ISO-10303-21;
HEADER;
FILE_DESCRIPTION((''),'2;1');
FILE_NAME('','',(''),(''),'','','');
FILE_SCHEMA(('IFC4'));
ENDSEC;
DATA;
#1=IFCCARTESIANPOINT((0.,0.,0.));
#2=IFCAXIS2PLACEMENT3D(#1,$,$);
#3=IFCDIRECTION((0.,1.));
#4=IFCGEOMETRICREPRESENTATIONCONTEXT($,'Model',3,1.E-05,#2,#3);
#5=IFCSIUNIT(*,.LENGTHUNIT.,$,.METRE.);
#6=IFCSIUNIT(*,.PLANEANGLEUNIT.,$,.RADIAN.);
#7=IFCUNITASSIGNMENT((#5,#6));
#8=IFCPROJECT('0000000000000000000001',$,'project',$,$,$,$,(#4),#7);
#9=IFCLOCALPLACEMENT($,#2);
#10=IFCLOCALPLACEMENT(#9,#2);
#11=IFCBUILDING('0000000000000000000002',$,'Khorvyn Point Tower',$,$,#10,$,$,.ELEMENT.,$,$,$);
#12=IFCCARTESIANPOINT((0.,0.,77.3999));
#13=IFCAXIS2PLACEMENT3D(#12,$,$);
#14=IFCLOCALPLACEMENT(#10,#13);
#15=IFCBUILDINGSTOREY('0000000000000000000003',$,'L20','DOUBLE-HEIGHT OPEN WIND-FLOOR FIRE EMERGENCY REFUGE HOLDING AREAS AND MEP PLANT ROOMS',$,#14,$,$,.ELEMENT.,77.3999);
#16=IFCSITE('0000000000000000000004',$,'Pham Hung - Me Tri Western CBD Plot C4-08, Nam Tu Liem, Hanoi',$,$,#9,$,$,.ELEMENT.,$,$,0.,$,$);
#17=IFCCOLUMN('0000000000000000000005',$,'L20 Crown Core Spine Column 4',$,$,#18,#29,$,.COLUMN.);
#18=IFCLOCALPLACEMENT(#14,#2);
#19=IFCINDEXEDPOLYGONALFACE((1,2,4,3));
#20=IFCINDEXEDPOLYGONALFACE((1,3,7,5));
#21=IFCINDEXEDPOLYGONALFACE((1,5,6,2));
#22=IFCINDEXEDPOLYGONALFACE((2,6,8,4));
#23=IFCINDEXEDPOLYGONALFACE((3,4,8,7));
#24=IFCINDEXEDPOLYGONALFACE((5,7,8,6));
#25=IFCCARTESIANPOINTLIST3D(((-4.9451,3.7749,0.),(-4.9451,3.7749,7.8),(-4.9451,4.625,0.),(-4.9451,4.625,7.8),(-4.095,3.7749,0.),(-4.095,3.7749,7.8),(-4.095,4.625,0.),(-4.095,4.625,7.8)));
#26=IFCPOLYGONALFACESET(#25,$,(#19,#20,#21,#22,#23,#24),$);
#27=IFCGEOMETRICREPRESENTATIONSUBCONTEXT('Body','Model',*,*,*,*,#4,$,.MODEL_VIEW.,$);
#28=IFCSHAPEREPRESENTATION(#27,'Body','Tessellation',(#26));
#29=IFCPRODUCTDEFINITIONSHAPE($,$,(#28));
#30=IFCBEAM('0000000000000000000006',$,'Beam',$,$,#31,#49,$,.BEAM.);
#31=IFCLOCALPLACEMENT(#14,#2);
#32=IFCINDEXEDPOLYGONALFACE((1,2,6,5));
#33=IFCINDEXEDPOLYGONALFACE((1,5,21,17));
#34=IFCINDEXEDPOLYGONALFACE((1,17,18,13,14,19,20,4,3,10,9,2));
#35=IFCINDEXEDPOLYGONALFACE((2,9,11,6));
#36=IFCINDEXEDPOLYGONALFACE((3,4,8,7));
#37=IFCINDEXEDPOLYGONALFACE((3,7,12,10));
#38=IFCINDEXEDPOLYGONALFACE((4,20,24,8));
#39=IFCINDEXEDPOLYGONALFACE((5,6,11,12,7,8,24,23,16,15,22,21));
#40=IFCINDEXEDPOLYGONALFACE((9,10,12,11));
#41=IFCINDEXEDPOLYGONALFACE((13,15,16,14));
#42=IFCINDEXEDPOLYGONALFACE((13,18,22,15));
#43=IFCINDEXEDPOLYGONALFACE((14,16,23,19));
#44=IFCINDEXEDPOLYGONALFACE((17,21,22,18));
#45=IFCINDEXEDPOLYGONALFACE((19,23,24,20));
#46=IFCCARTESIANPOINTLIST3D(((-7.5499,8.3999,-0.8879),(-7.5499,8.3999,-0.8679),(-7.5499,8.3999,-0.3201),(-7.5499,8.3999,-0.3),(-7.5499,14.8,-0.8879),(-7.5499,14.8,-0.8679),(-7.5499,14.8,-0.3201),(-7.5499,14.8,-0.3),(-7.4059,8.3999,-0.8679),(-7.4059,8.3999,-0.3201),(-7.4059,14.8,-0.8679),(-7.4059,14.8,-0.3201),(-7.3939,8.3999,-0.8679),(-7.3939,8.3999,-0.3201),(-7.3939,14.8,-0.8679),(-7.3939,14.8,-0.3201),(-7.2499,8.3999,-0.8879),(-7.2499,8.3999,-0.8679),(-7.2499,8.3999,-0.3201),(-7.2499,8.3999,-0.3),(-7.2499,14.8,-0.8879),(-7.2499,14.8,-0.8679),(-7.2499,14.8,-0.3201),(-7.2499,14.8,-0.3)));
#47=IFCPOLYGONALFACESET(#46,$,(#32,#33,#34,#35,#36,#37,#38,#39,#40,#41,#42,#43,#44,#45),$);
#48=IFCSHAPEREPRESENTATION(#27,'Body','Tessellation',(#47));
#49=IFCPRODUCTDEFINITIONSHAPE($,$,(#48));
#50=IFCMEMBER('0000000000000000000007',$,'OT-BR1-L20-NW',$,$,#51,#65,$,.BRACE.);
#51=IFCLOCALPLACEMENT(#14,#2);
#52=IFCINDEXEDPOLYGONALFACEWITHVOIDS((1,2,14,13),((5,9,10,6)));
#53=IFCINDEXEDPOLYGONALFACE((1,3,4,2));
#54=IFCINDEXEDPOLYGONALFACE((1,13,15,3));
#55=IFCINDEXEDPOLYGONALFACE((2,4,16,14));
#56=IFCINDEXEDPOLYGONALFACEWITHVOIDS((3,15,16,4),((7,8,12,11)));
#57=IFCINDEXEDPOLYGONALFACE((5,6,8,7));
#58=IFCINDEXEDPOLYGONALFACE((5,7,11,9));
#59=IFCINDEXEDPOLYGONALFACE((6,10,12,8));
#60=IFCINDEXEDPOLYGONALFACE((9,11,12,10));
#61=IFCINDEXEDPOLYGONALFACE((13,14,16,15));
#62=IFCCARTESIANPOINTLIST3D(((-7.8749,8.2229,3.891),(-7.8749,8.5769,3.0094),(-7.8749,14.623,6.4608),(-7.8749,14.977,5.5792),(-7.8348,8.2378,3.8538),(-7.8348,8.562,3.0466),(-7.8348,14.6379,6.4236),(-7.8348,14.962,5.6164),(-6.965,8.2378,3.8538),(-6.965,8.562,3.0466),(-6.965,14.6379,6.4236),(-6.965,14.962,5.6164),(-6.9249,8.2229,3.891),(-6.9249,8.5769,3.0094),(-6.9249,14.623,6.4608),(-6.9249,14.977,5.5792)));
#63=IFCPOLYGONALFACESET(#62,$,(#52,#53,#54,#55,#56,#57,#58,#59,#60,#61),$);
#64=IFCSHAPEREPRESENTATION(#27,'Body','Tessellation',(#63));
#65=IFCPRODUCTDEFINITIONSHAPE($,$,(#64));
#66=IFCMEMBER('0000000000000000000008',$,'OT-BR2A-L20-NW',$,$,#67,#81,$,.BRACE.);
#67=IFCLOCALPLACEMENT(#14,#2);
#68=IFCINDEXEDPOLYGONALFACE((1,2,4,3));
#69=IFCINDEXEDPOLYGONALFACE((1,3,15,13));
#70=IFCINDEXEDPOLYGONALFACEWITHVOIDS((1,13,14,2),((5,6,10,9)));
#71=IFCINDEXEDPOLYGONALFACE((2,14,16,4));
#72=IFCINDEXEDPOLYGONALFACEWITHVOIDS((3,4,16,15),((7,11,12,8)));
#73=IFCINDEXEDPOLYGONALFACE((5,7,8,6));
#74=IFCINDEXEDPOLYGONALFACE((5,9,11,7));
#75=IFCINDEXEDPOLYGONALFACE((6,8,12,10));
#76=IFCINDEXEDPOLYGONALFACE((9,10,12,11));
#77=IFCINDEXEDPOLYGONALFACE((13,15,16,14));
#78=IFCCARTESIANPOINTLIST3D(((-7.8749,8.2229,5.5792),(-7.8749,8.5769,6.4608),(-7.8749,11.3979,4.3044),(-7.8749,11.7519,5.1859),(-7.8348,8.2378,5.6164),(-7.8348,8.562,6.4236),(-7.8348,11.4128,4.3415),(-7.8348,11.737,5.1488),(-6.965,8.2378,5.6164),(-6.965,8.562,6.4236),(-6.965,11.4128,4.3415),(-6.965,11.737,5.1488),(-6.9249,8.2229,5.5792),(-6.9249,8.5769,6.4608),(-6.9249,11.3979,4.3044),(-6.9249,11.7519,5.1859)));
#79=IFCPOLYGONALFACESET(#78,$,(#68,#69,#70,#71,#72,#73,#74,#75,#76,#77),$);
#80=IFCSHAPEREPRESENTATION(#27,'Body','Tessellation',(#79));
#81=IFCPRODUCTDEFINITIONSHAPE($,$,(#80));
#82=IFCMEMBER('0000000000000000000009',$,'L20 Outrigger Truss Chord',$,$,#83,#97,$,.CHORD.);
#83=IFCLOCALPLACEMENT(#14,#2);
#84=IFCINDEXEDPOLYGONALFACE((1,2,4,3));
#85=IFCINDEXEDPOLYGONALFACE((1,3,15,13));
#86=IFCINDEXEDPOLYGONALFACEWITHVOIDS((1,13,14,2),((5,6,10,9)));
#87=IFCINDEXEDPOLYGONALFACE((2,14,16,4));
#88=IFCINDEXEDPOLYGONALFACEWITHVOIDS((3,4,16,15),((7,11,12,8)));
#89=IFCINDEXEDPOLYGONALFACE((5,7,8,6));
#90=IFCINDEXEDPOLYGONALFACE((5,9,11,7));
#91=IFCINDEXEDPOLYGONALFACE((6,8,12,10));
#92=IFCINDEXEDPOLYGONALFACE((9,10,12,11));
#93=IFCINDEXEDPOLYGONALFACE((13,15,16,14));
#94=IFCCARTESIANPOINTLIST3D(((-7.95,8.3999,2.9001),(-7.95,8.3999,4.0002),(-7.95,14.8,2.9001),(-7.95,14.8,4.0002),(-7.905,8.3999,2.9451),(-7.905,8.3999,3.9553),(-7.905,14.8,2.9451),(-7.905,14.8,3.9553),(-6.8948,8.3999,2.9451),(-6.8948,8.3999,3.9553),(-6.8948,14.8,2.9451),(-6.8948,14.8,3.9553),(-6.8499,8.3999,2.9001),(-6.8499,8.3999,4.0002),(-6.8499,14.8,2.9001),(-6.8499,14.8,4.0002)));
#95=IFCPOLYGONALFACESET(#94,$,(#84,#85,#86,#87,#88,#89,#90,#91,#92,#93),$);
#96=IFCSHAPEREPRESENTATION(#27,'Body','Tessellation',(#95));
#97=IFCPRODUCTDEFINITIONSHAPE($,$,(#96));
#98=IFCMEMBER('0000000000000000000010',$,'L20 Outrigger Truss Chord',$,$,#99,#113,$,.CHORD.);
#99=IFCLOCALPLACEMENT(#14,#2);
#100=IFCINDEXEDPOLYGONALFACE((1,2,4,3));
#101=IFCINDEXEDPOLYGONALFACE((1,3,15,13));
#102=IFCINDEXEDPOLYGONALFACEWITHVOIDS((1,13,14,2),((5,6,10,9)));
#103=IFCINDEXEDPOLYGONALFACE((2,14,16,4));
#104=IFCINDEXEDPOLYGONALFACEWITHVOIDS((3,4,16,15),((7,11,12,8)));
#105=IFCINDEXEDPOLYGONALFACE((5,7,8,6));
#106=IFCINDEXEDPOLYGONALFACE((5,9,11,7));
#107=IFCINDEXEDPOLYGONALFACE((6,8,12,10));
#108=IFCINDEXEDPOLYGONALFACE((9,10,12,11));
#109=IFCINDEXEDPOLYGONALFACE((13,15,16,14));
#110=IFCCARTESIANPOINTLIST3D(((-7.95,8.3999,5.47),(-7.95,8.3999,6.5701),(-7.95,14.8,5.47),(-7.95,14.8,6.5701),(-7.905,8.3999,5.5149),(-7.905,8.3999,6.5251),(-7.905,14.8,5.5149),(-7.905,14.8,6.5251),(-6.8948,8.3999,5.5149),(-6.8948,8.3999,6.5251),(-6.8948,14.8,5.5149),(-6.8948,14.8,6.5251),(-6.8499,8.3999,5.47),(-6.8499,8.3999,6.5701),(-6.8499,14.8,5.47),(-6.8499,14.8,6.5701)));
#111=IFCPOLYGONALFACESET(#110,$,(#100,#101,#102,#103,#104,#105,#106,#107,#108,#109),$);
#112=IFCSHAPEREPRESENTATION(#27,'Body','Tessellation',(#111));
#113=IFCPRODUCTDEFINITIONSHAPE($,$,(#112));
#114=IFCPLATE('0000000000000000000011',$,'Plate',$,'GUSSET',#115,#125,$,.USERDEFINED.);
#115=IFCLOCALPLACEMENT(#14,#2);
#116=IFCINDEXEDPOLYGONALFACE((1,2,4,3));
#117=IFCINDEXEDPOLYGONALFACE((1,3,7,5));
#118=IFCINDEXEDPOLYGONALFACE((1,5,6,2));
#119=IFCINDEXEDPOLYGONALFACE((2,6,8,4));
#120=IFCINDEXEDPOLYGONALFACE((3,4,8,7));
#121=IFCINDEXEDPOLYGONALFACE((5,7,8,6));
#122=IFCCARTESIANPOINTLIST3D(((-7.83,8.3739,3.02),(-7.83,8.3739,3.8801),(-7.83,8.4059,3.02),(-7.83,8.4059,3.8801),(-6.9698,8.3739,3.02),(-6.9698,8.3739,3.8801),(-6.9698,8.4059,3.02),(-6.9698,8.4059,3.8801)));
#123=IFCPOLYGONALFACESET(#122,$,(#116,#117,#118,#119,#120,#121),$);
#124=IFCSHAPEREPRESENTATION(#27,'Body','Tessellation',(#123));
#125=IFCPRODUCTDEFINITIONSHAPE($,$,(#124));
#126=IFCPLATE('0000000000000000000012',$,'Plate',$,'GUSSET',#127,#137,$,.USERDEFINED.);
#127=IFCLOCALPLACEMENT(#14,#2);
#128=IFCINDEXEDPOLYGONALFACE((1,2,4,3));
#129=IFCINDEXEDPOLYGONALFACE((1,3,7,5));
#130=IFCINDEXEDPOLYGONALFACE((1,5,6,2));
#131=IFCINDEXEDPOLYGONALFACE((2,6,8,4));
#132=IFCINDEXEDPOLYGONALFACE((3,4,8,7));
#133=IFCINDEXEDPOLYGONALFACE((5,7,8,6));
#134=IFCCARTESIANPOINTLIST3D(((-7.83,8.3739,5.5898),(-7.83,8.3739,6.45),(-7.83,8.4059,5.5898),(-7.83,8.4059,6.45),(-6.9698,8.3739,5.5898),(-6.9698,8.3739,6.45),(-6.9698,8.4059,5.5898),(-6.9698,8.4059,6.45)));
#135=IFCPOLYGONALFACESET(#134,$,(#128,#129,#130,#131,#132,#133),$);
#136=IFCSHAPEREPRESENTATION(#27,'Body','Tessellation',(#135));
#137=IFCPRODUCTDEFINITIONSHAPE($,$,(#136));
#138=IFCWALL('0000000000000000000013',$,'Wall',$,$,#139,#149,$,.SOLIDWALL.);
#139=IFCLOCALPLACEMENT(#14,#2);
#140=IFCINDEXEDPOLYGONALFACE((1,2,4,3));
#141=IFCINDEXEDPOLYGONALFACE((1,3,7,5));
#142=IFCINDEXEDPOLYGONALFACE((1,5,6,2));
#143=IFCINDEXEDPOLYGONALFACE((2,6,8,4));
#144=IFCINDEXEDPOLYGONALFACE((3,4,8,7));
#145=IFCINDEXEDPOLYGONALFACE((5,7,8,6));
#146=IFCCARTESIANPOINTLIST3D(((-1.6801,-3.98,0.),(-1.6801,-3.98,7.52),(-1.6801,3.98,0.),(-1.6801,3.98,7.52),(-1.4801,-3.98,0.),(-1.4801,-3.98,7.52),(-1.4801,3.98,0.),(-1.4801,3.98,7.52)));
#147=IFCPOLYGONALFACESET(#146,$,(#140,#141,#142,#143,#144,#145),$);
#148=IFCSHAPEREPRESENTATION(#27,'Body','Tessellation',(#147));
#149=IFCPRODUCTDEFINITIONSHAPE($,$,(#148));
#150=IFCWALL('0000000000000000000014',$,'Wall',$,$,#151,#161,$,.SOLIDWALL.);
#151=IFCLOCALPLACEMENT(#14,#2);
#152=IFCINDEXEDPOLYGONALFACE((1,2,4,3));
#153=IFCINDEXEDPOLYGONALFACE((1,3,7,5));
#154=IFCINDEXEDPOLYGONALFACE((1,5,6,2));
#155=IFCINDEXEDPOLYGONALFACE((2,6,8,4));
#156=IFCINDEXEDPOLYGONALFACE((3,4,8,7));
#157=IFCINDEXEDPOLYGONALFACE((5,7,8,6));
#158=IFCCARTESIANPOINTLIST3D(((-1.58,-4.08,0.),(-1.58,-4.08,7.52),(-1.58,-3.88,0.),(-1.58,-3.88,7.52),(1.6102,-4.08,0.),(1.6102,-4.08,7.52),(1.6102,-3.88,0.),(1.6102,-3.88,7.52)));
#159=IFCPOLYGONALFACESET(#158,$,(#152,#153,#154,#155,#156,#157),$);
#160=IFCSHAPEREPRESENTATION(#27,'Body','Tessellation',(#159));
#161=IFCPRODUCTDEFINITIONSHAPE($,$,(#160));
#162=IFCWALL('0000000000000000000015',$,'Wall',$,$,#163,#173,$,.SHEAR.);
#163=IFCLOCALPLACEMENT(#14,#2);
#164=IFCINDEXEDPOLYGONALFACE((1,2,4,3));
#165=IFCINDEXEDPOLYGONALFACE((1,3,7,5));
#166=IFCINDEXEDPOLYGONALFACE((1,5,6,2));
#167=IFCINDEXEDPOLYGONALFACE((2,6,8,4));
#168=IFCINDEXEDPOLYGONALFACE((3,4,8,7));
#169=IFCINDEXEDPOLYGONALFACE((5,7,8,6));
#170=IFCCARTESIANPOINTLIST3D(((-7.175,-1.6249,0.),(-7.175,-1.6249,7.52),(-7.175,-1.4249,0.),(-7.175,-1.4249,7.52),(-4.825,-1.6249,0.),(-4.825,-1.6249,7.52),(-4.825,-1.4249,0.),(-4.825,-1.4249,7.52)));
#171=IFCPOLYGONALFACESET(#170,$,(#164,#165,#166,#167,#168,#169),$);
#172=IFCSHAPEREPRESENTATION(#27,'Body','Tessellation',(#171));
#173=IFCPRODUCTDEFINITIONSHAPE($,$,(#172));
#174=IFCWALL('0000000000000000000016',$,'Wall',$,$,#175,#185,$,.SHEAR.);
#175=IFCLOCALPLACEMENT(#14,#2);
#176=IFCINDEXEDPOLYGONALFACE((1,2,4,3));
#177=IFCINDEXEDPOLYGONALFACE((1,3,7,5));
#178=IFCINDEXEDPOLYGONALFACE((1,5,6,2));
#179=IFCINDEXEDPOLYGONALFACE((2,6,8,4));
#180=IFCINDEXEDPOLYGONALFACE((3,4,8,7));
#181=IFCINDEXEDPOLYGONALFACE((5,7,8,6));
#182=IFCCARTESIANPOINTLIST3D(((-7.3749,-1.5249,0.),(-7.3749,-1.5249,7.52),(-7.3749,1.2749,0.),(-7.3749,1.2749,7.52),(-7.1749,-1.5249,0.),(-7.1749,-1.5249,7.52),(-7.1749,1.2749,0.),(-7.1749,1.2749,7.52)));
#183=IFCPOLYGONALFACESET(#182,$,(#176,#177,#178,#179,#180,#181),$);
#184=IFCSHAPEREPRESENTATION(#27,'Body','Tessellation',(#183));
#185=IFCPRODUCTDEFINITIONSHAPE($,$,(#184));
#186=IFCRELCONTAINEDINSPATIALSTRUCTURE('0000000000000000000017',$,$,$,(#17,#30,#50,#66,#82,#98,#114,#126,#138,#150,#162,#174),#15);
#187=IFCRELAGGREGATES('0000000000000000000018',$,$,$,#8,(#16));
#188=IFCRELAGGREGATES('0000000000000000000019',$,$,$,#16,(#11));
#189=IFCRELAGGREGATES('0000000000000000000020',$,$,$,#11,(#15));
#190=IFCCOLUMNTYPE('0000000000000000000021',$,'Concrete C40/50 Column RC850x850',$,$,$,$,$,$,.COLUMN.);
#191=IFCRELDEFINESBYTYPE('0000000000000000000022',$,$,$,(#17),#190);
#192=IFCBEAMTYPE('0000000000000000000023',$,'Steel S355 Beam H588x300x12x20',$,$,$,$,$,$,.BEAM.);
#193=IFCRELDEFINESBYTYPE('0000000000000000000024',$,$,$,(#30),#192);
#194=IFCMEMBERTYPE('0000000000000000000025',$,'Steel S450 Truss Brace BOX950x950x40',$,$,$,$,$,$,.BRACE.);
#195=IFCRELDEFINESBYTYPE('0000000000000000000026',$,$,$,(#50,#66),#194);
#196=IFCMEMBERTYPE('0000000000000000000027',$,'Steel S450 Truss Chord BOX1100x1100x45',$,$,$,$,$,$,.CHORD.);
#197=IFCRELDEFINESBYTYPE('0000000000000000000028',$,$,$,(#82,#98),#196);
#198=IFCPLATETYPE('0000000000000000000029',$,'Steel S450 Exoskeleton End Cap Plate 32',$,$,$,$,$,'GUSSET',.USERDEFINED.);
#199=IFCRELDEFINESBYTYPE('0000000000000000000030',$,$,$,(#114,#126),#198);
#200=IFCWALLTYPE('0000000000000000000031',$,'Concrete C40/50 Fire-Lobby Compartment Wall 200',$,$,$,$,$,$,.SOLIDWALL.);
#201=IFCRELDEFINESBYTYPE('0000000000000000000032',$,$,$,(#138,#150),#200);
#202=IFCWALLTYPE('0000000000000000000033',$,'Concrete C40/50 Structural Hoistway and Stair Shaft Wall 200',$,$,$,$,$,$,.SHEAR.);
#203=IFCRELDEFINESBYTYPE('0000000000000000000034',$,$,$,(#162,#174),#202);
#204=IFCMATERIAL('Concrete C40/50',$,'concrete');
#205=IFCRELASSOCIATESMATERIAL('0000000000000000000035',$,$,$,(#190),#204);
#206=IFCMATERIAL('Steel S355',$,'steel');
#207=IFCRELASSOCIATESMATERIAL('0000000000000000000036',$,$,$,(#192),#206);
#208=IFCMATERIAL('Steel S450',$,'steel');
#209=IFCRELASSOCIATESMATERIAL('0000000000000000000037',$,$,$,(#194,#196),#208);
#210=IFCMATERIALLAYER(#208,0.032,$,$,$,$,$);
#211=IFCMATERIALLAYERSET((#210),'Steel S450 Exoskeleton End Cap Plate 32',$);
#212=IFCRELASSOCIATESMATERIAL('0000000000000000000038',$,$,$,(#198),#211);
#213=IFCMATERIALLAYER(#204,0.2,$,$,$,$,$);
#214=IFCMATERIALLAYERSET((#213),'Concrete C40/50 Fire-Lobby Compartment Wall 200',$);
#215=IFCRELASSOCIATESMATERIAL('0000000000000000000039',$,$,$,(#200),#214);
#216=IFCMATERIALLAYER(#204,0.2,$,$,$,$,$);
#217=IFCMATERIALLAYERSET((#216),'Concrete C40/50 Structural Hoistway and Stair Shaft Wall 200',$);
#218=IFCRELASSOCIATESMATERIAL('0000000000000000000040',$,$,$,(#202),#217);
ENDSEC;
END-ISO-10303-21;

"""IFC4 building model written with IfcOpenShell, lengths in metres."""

from ifc_helpers import new_model, si_unit, direction, frame, frame_2d, origin, origin_2d, place, context, subcontext, project, spatial, rectangle, hollow_rectangle, i_section, extrude, material, layer, layer_set, material_profile, profile_set, type_object, element, save


model = new_model("IFC4")

# Units and contexts
model_context = context("Model", 3, precision=1e-05, world=origin(), true_north=direction((0.0, 1.0)))
body_context = subcontext(model_context, "Body", "Model", "MODEL_VIEW")
ifc_project = project(units=[si_unit("LENGTHUNIT", "METRE"), si_unit("PLANEANGLEUNIT", "RADIAN")], contexts=[model_context])

# Site, building, storey
site_placement = place(None, origin())
site = spatial("IfcSite", under=ifc_project, at=site_placement, Name="Pham Hung - Me Tri Western CBD Plot C4-08, Nam Tu Liem, Hanoi", CompositionType="ELEMENT", RefElevation=0.0)
building_placement = place(site_placement, origin())
building = spatial("IfcBuilding", under=site, at=building_placement, Name="Khorvyn Point Tower", CompositionType="ELEMENT")
storey_placement = place(building_placement, frame((0.0, 0.0, 77.3999)))
storey = spatial("IfcBuildingStorey", under=building, at=storey_placement, Name="L20", Description="DOUBLE-HEIGHT OPEN WIND-FLOOR FIRE EMERGENCY REFUGE HOLDING AREAS AND MEP PLANT ROOMS", CompositionType="ELEMENT", Elevation=77.3999)

# Column
ifc_material_1 = material(Name="Concrete C40/50", Category="concrete")
ifc_material_profile_1 = material_profile(ifc_material_1, rectangle(XDim=0.8501, YDim=0.8501, at=origin_2d()))
ifc_profile_set_1 = profile_set([ifc_material_profile_1], Name="Concrete C40/50 RC850x850")
column_type = type_object("IfcColumnType", Name="Concrete C40/50 Column RC850x850", PredefinedType="COLUMN", material=ifc_profile_set_1)
column_placement = place(storey_placement, frame((-4.52, 4.2, 0.0), z_axis=(0.0, 0.0, 1.0), x_axis=(1.0, 0.0, 0.0)))
element("IfcColumn", 1, at=column_placement, inside=storey, type_object=column_type, Name="L20 Crown Core Spine Column 4", PredefinedType="COLUMN", context=body_context, shape_type="SweptSolid", body=[
    extrude(rectangle(XDim=0.8501, YDim=0.8501, at=origin_2d()), origin(), (0.0, 0.0, 1.0), 7.8),
])

# Beam
ifc_material_2 = material(Name="Steel S355", Category="steel")
ifc_material_profile_2 = material_profile(ifc_material_2, i_section(OverallWidth=0.3, OverallDepth=0.5879, WebThickness=0.012, FlangeThickness=0.02, at=origin_2d()))
ifc_profile_set_2 = profile_set([ifc_material_profile_2], Name="Steel S355 H588x300x12x20")
beam_type = type_object("IfcBeamType", Name="Steel S355 Beam H588x300x12x20", PredefinedType="BEAM", material=ifc_profile_set_2)
beam_placement = place(storey_placement, frame((-7.3999, 8.3999, -0.594), z_axis=(0.0, 1.0, 0.0), x_axis=(-1.0, 0.0, 0.0)))
element("IfcBeam", 2, at=beam_placement, inside=storey, type_object=beam_type, Name="Beam", PredefinedType="BEAM", context=body_context, shape_type="SweptSolid", body=[
    extrude(i_section(OverallWidth=0.3, OverallDepth=0.5879, WebThickness=0.012, FlangeThickness=0.02, at=origin_2d()), origin(), (0.0, 0.0, 1.0), 6.4001),
])

# Members
ifc_material_3 = material(Name="Steel S450", Category="steel")
ifc_material_profile_3 = material_profile(ifc_material_3, hollow_rectangle(XDim=0.95, YDim=0.95, WallThickness=0.04, at=origin_2d()))
ifc_profile_set_3 = profile_set([ifc_material_profile_3], Name="Steel S450 BOX950x950x40")
member_type_1 = type_object("IfcMemberType", Name="Steel S450 Truss Brace BOX950x950x40", PredefinedType="BRACE", material=ifc_profile_set_3)
member_1_placement = place(storey_placement, frame((-7.3999, 8.3999, 3.4502), z_axis=(0.0, 0.927988, 0.372611), x_axis=(-1.0, 0.0, 0.0)))
element("IfcMember", 3, at=member_1_placement, inside=storey, type_object=member_type_1, Name="OT-BR1-L20-NW", PredefinedType="BRACE", context=body_context, shape_type="SweptSolid", body=[
    extrude(hollow_rectangle(XDim=0.95, YDim=0.95, WallThickness=0.04, at=origin_2d()), origin(), (0.0, 0.0, 1.0), 6.8967),
])
member_2_placement = place(storey_placement, frame((-7.3999, 8.3999, 6.02), z_axis=(0.0, 0.927984, -0.372621), x_axis=(-1.0, 0.0, 0.0)))
element("IfcMember", 4, at=member_2_placement, inside=storey, type_object=member_type_1, Name="OT-BR2A-L20-NW", PredefinedType="BRACE", context=body_context, shape_type="SweptSolid", body=[
    extrude(hollow_rectangle(XDim=0.95, YDim=0.95, WallThickness=0.04, at=origin_2d()), origin(), (0.0, 0.0, 1.0), 3.4214),
])
ifc_material_profile_4 = material_profile(ifc_material_3, hollow_rectangle(XDim=1.1001, YDim=1.1001, WallThickness=0.0449, at=origin_2d()))
ifc_profile_set_4 = profile_set([ifc_material_profile_4], Name="Steel S450 BOX1100x1100x45")
member_type_2 = type_object("IfcMemberType", Name="Steel S450 Truss Chord BOX1100x1100x45", PredefinedType="CHORD", material=ifc_profile_set_4)
for number, where, z_axis, x_axis, name in (
    (5, (-7.3999, 8.3999, 3.4502), (0.0, 1.0, 0.0), (-1.0, 0.0, 0.0), "L20 Outrigger Truss Chord"),
    (6, (-7.3999, 8.3999, 6.02), (0.0, 1.0, 0.0), (-1.0, 0.0, 0.0), "L20 Outrigger Truss Chord"),
):
    element("IfcMember", number, at=place(storey_placement, frame(where, z_axis=z_axis, x_axis=x_axis)), inside=storey, type_object=member_type_2, Name=name, PredefinedType="CHORD", context=body_context, shape_type="SweptSolid", body=[
        extrude(hollow_rectangle(XDim=1.1001, YDim=1.1001, WallThickness=0.0449, at=origin_2d()), origin(), (0.0, 0.0, 1.0), 6.4001),
    ])

# Plates
ifc_layer_1 = layer(ifc_material_3, 0.032)
ifc_layer_set_1 = layer_set([ifc_layer_1], Name="Steel S450 Exoskeleton End Cap Plate 32")
plate_type = type_object("IfcPlateType", Name="Steel S450 Exoskeleton End Cap Plate 32", ElementType="GUSSET", PredefinedType="USERDEFINED", material=ifc_layer_set_1)
for number, where, z_axis, x_axis, name in (
    (7, (-7.3999, 8.3899, 3.02), (0.0, 0.0, 1.0), (1.0, 0.0, 0.0), "Plate"),
    (8, (-7.3999, 8.3899, 5.5898), (0.0, 0.0, 1.0), (1.0, 0.0, 0.0), "Plate"),
):
    element("IfcPlate", number, at=place(storey_placement, frame(where, z_axis=z_axis, x_axis=x_axis)), inside=storey, type_object=plate_type, Name=name, ObjectType="GUSSET", PredefinedType="USERDEFINED", context=body_context, shape_type="SweptSolid", body=[
        extrude(rectangle(XDim=0.8601, YDim=0.032, at=origin_2d()), origin(), (0.0, 0.0, 1.0), 0.8601),
    ])

# Walls
ifc_layer_2 = layer(ifc_material_1, 0.2)
ifc_layer_set_2 = layer_set([ifc_layer_2], Name="Concrete C40/50 Fire-Lobby Compartment Wall 200")
wall_type_1 = type_object("IfcWallType", Name="Concrete C40/50 Fire-Lobby Compartment Wall 200", PredefinedType="SOLIDWALL", material=ifc_layer_set_2)
wall_1_placement = place(storey_placement, frame((-1.5801, -3.98, 0.0), z_axis=(0.0, 0.0, 1.0), x_axis=(0.0, 1.0, 0.0)))
element("IfcWall", 9, at=wall_1_placement, inside=storey, type_object=wall_type_1, Name="Wall", PredefinedType="SOLIDWALL", context=body_context, shape_type="SweptSolid", body=[
    extrude(rectangle(XDim=7.96, YDim=0.2, at=frame_2d((3.98, 0.0))), origin(), (0.0, 0.0, 1.0), 7.52),
])
wall_2_placement = place(storey_placement, frame((-1.5801, -3.98, 0.0), z_axis=(0.0, 0.0, 1.0), x_axis=(1.0, 0.0, 0.0)))
element("IfcWall", 10, at=wall_2_placement, inside=storey, type_object=wall_type_1, Name="Wall", PredefinedType="SOLIDWALL", context=body_context, shape_type="SweptSolid", body=[
    extrude(rectangle(XDim=3.1902, YDim=0.2, at=frame_2d((1.5952, 0.0))), origin(), (0.0, 0.0, 1.0), 7.52),
])
ifc_layer_3 = layer(ifc_material_1, 0.2)
ifc_layer_set_3 = layer_set([ifc_layer_3], Name="Concrete C40/50 Structural Hoistway and Stair Shaft Wall 200")
wall_type_2 = type_object("IfcWallType", Name="Concrete C40/50 Structural Hoistway and Stair Shaft Wall 200", PredefinedType="SHEAR", material=ifc_layer_set_3)
wall_3_placement = place(storey_placement, frame((-7.175, -1.5249, 0.0), z_axis=(0.0, 0.0, 1.0), x_axis=(1.0, 0.0, 0.0)))
element("IfcWall", 11, at=wall_3_placement, inside=storey, type_object=wall_type_2, Name="Wall", PredefinedType="SHEAR", context=body_context, shape_type="SweptSolid", body=[
    extrude(rectangle(XDim=2.3501, YDim=0.2, at=frame_2d((1.175, 0.0))), origin(), (0.0, 0.0, 1.0), 7.52),
])
for number, where, z_axis, x_axis, name in (
    (12, (-7.2749, -1.5249, 0.0), (0.0, 0.0, 1.0), (0.0, 1.0, 0.0), "Wall"),
):
    element("IfcWall", number, at=place(storey_placement, frame(where, z_axis=z_axis, x_axis=x_axis)), inside=storey, type_object=wall_type_2, Name=name, PredefinedType="SHEAR", context=body_context, shape_type="SweptSolid", body=[
        extrude(rectangle(XDim=2.7998, YDim=0.2, at=frame_2d((1.3999, 0.0))), origin(), (0.0, 0.0, 1.0), 7.52),
    ])

save(model, "model.ifc")
